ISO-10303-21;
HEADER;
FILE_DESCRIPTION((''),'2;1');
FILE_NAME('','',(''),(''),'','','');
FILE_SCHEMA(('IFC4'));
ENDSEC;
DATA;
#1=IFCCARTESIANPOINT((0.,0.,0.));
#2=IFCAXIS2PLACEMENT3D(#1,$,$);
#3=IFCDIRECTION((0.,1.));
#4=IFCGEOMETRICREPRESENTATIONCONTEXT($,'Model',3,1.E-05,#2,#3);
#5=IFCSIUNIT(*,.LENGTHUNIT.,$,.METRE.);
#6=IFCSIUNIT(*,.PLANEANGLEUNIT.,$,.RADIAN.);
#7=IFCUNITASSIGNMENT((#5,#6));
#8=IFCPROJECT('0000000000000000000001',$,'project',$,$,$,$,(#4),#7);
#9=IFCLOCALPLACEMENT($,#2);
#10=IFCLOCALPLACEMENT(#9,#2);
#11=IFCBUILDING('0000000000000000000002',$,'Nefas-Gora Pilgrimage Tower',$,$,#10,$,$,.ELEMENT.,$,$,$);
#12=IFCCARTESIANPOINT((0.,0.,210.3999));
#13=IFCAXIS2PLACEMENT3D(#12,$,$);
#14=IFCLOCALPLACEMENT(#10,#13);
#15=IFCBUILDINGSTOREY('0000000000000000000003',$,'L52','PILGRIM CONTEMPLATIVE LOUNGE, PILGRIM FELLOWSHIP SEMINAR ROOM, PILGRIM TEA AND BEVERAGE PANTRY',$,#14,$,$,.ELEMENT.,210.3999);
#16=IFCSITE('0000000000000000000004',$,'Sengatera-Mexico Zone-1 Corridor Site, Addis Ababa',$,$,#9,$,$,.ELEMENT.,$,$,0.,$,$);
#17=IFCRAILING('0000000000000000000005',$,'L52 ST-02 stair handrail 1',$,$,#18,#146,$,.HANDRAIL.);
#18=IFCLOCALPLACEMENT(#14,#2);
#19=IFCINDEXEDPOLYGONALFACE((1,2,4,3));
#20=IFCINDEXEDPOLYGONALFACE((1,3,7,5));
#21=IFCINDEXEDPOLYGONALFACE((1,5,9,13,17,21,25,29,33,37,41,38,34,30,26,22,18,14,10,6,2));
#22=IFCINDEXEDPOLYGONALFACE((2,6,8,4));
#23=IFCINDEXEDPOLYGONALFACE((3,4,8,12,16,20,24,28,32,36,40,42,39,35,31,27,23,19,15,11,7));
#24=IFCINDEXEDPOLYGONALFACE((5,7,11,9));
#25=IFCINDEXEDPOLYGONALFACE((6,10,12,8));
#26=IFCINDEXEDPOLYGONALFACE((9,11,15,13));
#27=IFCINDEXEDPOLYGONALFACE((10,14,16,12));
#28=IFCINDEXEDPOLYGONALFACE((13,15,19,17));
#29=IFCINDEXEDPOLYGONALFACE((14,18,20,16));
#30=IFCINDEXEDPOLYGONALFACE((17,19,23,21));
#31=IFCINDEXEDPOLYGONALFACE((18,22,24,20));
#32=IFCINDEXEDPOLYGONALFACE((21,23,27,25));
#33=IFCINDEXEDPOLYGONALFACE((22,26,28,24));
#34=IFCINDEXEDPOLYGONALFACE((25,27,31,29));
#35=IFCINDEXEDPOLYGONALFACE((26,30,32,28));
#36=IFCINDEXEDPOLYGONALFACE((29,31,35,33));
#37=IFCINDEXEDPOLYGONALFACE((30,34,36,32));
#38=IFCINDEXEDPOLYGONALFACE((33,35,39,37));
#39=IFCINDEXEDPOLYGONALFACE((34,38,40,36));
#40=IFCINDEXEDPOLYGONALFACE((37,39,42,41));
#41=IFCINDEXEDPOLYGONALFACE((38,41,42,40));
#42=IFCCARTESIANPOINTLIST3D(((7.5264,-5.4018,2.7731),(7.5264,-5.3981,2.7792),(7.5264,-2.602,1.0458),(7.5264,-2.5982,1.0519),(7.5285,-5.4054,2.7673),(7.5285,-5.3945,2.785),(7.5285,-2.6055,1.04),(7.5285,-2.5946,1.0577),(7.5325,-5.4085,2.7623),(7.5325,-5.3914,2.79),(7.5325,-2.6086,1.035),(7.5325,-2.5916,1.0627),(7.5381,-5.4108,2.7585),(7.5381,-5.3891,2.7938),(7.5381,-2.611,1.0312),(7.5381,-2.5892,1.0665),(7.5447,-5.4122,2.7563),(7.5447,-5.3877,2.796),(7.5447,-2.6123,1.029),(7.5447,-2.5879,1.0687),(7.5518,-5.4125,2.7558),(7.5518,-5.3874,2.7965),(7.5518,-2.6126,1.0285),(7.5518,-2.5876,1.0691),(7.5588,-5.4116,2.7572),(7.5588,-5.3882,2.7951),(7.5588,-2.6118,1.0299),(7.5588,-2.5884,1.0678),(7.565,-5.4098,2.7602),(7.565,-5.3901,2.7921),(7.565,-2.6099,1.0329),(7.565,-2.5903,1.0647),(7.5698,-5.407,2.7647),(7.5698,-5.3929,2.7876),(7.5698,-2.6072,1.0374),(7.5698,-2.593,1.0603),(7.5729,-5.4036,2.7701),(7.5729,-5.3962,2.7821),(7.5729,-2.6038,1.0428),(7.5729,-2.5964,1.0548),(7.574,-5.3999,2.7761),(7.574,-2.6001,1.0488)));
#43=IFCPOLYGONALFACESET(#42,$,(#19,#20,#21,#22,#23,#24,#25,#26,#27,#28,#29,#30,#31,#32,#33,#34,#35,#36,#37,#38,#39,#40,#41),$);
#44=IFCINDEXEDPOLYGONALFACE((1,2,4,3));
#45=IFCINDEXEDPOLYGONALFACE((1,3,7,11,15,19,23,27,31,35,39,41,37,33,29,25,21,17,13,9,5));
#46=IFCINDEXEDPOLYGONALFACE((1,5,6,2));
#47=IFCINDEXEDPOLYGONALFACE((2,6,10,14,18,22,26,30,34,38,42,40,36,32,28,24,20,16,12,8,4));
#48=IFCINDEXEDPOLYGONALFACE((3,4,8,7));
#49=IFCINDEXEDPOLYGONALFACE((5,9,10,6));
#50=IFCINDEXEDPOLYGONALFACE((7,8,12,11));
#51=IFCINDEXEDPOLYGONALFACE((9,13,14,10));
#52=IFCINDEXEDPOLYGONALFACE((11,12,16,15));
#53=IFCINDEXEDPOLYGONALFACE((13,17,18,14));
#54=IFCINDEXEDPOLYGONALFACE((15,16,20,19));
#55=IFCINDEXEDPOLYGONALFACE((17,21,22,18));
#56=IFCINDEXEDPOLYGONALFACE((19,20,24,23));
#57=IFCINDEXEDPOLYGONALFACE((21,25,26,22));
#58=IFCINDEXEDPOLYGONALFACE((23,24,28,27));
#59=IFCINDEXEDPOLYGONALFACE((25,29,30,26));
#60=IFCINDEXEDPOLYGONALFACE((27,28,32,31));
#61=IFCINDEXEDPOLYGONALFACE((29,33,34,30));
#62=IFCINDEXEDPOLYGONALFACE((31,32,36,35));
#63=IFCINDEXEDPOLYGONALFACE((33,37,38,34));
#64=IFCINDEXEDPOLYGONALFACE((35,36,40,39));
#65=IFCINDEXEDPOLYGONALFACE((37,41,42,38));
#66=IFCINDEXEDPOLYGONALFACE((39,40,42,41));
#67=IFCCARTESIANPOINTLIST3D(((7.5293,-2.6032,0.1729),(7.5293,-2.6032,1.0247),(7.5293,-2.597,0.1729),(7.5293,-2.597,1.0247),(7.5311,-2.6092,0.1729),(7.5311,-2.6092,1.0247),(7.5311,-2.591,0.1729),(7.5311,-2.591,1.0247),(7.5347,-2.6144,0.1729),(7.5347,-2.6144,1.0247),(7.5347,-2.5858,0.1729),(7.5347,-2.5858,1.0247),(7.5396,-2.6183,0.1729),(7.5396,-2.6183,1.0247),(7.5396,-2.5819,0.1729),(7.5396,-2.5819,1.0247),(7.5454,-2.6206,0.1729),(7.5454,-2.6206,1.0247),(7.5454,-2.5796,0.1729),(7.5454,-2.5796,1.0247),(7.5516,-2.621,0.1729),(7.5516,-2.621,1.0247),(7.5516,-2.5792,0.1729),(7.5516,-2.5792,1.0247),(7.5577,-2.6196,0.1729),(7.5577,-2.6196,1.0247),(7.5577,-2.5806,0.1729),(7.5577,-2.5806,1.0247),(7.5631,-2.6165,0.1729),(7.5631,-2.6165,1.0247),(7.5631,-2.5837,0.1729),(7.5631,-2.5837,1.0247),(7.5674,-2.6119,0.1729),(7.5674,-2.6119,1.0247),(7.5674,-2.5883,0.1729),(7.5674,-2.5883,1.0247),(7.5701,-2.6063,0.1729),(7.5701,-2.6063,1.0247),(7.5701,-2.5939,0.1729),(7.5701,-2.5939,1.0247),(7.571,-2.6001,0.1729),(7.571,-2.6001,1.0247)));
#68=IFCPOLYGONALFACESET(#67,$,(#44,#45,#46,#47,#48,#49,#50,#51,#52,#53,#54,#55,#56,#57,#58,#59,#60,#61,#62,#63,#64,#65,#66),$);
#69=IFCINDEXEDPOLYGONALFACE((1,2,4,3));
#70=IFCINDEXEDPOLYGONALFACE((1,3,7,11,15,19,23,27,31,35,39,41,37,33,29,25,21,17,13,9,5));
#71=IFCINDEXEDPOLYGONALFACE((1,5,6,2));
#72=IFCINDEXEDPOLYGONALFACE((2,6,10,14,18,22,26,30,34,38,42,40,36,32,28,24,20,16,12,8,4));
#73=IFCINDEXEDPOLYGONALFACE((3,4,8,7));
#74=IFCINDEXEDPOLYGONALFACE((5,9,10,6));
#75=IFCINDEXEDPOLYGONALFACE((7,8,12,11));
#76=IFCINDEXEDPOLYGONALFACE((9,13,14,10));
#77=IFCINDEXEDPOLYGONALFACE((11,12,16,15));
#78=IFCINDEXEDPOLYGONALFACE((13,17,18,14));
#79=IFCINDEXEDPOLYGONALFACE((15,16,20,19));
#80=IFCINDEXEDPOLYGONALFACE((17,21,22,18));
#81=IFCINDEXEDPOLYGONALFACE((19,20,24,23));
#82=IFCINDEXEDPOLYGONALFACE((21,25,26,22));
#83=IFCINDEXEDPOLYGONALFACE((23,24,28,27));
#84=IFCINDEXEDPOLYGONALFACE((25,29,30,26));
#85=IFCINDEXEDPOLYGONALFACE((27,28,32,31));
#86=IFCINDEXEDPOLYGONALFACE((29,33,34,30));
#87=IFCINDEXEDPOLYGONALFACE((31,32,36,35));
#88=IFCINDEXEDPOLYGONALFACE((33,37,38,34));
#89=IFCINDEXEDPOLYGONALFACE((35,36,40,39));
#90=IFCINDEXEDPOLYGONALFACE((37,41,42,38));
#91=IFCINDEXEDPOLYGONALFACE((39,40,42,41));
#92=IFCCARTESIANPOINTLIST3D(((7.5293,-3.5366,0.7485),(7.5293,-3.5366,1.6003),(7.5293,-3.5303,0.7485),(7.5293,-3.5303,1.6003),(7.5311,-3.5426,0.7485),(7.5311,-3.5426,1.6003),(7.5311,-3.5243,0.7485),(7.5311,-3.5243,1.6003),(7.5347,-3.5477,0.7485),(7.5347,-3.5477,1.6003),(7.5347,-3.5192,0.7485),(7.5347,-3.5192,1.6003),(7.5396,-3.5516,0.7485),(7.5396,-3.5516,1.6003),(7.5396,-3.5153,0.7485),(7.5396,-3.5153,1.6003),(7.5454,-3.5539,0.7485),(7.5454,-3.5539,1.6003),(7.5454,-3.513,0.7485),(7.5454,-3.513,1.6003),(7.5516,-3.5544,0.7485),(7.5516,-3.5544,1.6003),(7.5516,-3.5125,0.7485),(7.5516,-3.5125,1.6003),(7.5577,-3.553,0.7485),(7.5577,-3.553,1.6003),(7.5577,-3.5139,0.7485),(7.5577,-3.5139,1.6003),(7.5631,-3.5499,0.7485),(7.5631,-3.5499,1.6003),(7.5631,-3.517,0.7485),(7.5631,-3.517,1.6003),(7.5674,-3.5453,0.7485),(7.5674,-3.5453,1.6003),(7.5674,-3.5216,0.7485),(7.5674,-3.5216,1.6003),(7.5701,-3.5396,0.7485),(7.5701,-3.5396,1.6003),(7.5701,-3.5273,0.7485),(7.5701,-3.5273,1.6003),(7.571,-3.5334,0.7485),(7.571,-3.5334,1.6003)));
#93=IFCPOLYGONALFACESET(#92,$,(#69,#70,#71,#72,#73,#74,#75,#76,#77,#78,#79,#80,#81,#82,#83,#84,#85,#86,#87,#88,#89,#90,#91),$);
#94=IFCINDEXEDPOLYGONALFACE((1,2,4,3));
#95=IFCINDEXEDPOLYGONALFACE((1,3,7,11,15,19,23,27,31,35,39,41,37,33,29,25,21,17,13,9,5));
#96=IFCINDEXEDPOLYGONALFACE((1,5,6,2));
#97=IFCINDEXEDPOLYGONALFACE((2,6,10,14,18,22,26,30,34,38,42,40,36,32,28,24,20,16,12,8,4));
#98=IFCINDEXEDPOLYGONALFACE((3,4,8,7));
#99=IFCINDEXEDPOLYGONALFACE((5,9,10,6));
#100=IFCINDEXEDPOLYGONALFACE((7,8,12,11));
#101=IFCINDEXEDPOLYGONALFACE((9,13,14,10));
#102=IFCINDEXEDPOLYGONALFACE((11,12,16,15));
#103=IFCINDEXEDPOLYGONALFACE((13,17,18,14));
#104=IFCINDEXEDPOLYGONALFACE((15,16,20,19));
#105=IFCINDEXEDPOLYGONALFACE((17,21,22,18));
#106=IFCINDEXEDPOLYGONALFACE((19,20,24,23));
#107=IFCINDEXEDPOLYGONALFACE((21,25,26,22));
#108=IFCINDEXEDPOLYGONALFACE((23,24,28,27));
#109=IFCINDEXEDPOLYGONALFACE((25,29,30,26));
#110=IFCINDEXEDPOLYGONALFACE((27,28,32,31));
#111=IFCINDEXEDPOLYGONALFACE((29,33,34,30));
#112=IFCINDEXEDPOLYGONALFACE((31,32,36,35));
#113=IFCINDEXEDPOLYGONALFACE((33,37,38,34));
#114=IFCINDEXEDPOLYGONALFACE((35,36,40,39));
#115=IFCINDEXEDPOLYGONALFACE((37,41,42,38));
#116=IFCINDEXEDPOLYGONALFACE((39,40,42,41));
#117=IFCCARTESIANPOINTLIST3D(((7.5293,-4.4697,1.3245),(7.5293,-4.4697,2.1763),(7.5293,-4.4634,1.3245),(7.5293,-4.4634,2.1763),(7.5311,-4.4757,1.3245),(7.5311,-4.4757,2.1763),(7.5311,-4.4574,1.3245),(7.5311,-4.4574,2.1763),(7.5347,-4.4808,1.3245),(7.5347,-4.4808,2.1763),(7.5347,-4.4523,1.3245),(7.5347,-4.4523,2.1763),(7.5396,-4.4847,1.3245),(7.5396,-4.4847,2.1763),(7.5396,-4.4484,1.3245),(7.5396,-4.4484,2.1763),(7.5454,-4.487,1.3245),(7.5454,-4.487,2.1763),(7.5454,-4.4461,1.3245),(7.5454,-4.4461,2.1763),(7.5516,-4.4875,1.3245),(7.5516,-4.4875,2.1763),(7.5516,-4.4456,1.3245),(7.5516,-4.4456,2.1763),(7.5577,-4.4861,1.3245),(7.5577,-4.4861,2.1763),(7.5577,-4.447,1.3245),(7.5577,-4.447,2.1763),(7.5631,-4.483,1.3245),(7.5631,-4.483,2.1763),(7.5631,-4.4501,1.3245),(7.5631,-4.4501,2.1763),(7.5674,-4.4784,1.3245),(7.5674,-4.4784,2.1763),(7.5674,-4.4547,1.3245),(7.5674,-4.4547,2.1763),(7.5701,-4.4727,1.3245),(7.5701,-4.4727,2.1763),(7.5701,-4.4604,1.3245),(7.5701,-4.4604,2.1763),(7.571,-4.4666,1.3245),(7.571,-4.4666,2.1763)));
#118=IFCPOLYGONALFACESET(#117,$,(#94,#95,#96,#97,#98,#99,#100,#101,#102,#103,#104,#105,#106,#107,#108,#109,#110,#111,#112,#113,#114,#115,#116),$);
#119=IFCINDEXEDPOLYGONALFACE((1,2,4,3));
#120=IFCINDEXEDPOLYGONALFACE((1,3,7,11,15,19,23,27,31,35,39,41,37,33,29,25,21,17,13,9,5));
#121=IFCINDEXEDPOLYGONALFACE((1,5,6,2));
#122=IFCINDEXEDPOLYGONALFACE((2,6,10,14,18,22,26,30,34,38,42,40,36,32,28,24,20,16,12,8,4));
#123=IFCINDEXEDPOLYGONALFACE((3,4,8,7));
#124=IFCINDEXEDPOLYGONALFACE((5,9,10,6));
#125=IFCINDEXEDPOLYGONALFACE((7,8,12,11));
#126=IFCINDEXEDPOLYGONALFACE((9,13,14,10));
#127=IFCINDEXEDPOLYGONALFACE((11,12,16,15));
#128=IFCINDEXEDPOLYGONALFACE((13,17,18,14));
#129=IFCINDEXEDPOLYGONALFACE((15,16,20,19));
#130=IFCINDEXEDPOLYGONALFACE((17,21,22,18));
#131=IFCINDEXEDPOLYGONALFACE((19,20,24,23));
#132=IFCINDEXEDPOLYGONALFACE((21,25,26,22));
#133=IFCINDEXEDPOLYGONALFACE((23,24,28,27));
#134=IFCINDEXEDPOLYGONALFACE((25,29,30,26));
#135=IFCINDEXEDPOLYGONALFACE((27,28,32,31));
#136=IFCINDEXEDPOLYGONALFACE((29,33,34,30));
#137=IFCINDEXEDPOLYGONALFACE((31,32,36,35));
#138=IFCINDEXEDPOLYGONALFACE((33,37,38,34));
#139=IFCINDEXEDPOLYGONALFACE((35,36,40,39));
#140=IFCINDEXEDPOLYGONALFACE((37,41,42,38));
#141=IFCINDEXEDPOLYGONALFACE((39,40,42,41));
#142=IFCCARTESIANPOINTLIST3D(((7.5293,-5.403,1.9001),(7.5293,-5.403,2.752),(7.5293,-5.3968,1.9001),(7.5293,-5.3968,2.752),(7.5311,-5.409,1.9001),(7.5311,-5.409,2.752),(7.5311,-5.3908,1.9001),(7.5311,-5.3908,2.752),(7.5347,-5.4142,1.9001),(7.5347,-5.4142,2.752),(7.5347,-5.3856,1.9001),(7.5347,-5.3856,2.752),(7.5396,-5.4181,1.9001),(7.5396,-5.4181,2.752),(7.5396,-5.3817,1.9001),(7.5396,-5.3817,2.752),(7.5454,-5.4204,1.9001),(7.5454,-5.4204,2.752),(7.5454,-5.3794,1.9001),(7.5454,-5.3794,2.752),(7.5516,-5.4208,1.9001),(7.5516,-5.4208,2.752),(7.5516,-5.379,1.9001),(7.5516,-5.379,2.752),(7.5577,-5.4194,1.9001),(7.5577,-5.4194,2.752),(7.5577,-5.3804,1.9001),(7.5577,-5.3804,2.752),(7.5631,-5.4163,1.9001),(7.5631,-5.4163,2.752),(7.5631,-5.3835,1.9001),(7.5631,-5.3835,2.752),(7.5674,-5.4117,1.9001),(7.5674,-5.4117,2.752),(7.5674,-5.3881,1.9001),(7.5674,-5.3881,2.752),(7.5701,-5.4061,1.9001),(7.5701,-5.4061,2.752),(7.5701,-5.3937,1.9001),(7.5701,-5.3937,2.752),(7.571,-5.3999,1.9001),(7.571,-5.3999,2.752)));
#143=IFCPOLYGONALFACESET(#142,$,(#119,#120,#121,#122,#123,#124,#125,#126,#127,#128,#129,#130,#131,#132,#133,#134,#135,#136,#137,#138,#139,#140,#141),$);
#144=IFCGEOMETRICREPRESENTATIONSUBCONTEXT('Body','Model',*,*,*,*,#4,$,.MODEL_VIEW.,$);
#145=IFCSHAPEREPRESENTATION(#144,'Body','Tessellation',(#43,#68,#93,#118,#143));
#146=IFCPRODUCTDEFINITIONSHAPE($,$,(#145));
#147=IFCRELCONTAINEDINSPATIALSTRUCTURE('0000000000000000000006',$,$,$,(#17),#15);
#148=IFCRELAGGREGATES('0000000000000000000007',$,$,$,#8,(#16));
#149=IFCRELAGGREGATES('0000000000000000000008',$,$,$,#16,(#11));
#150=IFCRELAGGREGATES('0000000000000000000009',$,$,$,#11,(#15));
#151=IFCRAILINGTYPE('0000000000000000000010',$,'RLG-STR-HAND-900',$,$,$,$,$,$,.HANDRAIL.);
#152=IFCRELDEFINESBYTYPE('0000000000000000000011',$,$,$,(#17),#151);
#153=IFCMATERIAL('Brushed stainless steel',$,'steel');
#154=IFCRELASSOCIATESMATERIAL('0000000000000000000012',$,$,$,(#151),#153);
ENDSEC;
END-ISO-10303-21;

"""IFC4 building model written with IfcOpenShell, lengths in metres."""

from ifc_helpers import new_model, si_unit, direction, frame, origin, origin_2d, place, context, subcontext, project, spatial, circle, extrude, material, type_object, element, save


model = new_model("IFC4")

# Units and contexts
model_context = context("Model", 3, precision=1e-05, world=origin(), true_north=direction((0.0, 1.0)))
body_context = subcontext(model_context, "Body", "Model", "MODEL_VIEW")
ifc_project = project(units=[si_unit("LENGTHUNIT", "METRE"), si_unit("PLANEANGLEUNIT", "RADIAN")], contexts=[model_context])

# Site, building, storey
site_placement = place(None, origin())
site = spatial("IfcSite", under=ifc_project, at=site_placement, Name="Sengatera-Mexico Zone-1 Corridor Site, Addis Ababa", CompositionType="ELEMENT", RefElevation=0.0)
building_placement = place(site_placement, origin())
building = spatial("IfcBuilding", under=site, at=building_placement, Name="Nefas-Gora Pilgrimage Tower", CompositionType="ELEMENT")
storey_placement = place(building_placement, frame((0.0, 0.0, 210.3999)))
storey = spatial("IfcBuildingStorey", under=building, at=storey_placement, Name="L52", Description="PILGRIM CONTEMPLATIVE LOUNGE, PILGRIM FELLOWSHIP SEMINAR ROOM, PILGRIM TEA AND BEVERAGE PANTRY", CompositionType="ELEMENT", Elevation=210.3999)

# Railing
ifc_material_1 = material(Name="Brushed stainless steel", Category="steel")
railing_type_1 = type_object("IfcRailingType", Name="RLG-STR-HAND-900", PredefinedType="HANDRAIL", material=ifc_material_1)
railing_1_placement = place(storey_placement, frame((7.55, -2.6001, 0.1729)))
element("IfcRailing", 1, at=railing_1_placement, inside=storey, type_object=railing_type_1, Name="L52 ST-02 stair handrail 1", PredefinedType="HANDRAIL", context=body_context, shape_type="SweptSolid", body=[
    extrude(circle(Radius=0.0239, at=origin_2d()), frame((0.0, 0.0, 0.876), z_axis=(0.0, -0.851069, 0.525054), x_axis=(1.0, 0.0, 0.0)), (0.0, 0.0, 1.0), 3.2898),
    extrude(circle(Radius=0.021, at=origin_2d()), origin(), (0.0, 0.0, 1.0), 0.8518),
    extrude(circle(Radius=0.021, at=origin_2d()), frame((0.0, -0.9333, 0.5757)), (0.0, 0.0, 1.0), 0.8518),
    extrude(circle(Radius=0.021, at=origin_2d()), frame((0.0, -1.8665, 1.1516)), (0.0, 0.0, 1.0), 0.8518),
    extrude(circle(Radius=0.021, at=origin_2d()), frame((0.0, -2.7998, 1.7273)), (0.0, 0.0, 1.0), 0.8518),
])

save(model, "model.ifc")
